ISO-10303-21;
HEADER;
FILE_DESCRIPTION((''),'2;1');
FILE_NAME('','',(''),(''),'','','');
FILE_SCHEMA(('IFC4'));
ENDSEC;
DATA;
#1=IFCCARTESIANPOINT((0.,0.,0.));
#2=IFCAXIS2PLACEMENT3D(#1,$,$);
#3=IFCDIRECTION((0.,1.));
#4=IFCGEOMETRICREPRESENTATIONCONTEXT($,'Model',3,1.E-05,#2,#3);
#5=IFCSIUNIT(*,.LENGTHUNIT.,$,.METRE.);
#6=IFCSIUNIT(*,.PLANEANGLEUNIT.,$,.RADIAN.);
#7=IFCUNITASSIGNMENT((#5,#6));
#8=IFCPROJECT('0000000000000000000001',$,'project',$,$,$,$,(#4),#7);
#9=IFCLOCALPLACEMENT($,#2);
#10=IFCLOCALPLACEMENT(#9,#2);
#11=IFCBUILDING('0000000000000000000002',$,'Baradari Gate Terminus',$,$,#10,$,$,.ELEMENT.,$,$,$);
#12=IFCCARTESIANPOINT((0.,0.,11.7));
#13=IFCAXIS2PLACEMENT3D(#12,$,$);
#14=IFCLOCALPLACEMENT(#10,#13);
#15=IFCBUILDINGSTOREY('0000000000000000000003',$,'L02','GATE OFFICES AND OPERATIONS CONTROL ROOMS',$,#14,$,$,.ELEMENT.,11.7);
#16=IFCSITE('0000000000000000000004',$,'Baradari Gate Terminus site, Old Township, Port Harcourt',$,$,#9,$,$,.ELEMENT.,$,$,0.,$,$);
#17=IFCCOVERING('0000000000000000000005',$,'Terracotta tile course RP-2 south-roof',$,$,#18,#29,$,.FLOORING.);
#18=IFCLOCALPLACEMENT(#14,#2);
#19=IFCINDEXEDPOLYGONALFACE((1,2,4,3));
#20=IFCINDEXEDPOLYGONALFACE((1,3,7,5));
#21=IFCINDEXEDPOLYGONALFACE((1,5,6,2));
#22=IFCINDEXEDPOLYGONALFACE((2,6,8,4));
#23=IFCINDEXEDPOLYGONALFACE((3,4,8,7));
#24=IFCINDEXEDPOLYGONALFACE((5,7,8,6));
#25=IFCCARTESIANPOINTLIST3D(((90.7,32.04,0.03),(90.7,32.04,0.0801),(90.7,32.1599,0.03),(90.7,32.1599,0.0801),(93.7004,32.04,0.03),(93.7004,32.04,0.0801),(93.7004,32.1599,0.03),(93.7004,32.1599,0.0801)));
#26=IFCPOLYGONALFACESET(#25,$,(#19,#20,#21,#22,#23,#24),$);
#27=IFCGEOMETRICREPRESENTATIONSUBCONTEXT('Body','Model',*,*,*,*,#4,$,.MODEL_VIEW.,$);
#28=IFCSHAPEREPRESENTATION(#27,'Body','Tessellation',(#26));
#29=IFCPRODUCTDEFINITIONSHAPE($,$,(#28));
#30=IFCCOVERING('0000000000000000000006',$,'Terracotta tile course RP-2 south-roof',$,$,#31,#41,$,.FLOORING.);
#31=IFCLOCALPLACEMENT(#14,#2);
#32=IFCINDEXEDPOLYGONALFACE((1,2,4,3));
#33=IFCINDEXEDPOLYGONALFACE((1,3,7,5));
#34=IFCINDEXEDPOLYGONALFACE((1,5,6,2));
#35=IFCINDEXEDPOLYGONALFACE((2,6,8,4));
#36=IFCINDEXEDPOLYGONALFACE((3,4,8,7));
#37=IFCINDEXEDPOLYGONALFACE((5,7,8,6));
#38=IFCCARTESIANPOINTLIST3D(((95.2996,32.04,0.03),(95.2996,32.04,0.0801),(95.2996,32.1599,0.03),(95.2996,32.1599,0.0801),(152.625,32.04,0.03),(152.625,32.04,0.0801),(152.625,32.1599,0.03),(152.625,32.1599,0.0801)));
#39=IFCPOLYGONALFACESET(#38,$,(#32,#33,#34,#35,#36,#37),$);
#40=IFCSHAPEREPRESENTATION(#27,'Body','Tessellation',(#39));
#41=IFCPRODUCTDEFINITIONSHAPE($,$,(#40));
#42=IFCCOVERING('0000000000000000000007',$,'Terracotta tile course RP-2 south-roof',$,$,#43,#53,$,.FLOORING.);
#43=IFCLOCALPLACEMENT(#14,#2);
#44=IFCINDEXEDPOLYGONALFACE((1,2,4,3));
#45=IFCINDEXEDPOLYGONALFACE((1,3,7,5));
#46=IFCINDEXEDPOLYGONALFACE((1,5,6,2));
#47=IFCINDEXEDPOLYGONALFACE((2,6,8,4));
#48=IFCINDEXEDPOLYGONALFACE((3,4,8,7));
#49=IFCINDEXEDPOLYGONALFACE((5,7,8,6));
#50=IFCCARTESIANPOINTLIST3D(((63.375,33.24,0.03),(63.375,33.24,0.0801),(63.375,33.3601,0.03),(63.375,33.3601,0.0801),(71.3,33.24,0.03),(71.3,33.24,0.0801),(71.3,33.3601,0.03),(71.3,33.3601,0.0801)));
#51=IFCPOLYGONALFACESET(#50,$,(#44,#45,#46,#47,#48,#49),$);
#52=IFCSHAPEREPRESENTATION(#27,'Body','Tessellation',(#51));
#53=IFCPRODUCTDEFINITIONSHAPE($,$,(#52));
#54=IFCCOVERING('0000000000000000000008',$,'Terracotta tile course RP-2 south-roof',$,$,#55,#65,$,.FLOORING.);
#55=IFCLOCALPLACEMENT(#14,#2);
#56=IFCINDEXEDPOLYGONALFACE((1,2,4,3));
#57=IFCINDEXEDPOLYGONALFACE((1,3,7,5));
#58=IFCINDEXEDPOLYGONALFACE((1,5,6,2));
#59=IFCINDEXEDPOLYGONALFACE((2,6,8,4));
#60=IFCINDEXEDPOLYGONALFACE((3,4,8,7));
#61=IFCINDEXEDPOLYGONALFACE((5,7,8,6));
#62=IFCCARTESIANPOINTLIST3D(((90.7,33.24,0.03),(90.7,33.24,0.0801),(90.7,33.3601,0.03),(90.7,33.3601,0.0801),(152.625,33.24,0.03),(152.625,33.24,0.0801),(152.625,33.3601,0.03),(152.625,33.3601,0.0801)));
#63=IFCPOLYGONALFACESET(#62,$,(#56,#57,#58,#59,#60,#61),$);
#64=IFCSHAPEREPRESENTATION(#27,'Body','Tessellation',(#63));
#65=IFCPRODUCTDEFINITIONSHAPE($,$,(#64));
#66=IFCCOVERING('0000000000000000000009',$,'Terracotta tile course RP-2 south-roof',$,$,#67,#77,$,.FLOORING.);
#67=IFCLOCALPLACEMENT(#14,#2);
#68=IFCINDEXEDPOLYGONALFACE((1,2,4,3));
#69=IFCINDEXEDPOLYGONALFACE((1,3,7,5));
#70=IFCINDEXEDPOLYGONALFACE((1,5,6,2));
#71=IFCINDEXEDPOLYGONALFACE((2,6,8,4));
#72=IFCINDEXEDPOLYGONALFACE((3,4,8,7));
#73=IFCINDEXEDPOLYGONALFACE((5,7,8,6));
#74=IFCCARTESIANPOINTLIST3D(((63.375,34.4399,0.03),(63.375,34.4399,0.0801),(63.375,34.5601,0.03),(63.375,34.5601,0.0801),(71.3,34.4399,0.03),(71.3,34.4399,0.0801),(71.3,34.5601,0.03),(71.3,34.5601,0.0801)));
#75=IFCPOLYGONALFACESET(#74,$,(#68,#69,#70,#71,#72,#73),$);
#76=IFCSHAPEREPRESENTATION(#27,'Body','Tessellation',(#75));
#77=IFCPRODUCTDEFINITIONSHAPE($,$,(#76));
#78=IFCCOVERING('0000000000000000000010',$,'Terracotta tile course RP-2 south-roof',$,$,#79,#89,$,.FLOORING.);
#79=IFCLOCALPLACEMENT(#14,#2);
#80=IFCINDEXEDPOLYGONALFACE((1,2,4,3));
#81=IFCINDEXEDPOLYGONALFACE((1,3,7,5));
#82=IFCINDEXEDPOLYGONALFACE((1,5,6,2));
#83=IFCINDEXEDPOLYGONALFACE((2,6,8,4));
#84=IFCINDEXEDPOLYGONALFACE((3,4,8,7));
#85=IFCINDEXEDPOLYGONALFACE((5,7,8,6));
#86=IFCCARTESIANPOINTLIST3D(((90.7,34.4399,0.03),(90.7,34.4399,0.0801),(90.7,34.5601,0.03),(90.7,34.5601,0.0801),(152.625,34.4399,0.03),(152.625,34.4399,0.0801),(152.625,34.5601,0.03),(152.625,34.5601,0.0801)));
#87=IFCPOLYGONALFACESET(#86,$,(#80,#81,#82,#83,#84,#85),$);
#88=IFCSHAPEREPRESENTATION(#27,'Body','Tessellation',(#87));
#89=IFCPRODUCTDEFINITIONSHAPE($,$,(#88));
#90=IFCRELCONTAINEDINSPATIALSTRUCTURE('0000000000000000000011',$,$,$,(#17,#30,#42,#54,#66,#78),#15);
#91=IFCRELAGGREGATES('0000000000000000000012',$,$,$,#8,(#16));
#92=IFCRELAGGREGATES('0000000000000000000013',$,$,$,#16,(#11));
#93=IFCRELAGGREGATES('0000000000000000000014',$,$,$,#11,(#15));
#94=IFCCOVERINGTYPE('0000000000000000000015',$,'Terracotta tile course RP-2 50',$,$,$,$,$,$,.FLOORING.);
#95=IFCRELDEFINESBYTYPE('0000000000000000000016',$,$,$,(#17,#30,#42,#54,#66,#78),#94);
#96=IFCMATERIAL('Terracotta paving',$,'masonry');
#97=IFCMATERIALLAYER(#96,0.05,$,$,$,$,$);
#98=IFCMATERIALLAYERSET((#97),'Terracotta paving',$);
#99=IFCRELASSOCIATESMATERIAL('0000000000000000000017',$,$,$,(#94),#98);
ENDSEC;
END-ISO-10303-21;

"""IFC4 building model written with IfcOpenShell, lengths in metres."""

from ifc_helpers import new_model, si_unit, direction, frame, origin, place, context, subcontext, project, spatial, polyline, outline, extrude, material, layer, layer_set, type_object, element, save


model = new_model("IFC4")

# Units and contexts
model_context = context("Model", 3, precision=1e-05, world=origin(), true_north=direction((0.0, 1.0)))
body_context = subcontext(model_context, "Body", "Model", "MODEL_VIEW")
ifc_project = project(units=[si_unit("LENGTHUNIT", "METRE"), si_unit("PLANEANGLEUNIT", "RADIAN")], contexts=[model_context])

# Site, building, storey
site_placement = place(None, origin())
site = spatial("IfcSite", under=ifc_project, at=site_placement, Name="Baradari Gate Terminus site, Old Township, Port Harcourt", CompositionType="ELEMENT", RefElevation=0.0)
building_placement = place(site_placement, origin())
building = spatial("IfcBuilding", under=site, at=building_placement, Name="Baradari Gate Terminus", CompositionType="ELEMENT")
storey_placement = place(building_placement, frame((0.0, 0.0, 11.7)))
storey = spatial("IfcBuildingStorey", under=building, at=storey_placement, Name="L02", Description="GATE OFFICES AND OPERATIONS CONTROL ROOMS", CompositionType="ELEMENT", Elevation=11.7)

# Coverings
ifc_material_1 = material(Name="Terracotta paving", Category="masonry")
ifc_layer_1 = layer(ifc_material_1, 0.05)
ifc_layer_set_1 = layer_set([ifc_layer_1], Name="Terracotta paving")
covering_type = type_object("IfcCoveringType", Name="Terracotta tile course RP-2 50", PredefinedType="FLOORING", material=ifc_layer_set_1)
covering_1_placement = place(storey_placement, frame((0.0, 0.0, 0.03)))
element("IfcCovering", 1, at=covering_1_placement, inside=storey, type_object=covering_type, Name="Terracotta tile course RP-2 south-roof", PredefinedType="FLOORING", context=body_context, shape_type="SweptSolid", body=[
    extrude(outline(polyline([(93.7004, 32.04), (93.7004, 32.1599), (90.7, 32.1599), (90.7, 32.04), (93.7004, 32.04)])), origin(), (0.0, 0.0, 1.0), 0.05),
])
covering_2_placement = place(storey_placement, frame((0.0, 0.0, 0.03)))
element("IfcCovering", 2, at=covering_2_placement, inside=storey, type_object=covering_type, Name="Terracotta tile course RP-2 south-roof", PredefinedType="FLOORING", context=body_context, shape_type="SweptSolid", body=[
    extrude(outline(polyline([(152.625, 32.04), (152.625, 32.1599), (95.2996, 32.1599), (95.2996, 32.04), (152.625, 32.04)])), origin(), (0.0, 0.0, 1.0), 0.05),
])
covering_3_placement = place(storey_placement, frame((0.0, 0.0, 0.03)))
element("IfcCovering", 3, at=covering_3_placement, inside=storey, type_object=covering_type, Name="Terracotta tile course RP-2 south-roof", PredefinedType="FLOORING", context=body_context, shape_type="SweptSolid", body=[
    extrude(outline(polyline([(71.3, 33.24), (71.3, 33.3601), (63.375, 33.3601), (63.375, 33.24), (71.3, 33.24)])), origin(), (0.0, 0.0, 1.0), 0.05),
])
covering_4_placement = place(storey_placement, frame((0.0, 0.0, 0.03)))
element("IfcCovering", 4, at=covering_4_placement, inside=storey, type_object=covering_type, Name="Terracotta tile course RP-2 south-roof", PredefinedType="FLOORING", context=body_context, shape_type="SweptSolid", body=[
    extrude(outline(polyline([(152.625, 33.24), (152.625, 33.3601), (90.7, 33.3601), (90.7, 33.24), (152.625, 33.24)])), origin(), (0.0, 0.0, 1.0), 0.05),
])
covering_5_placement = place(storey_placement, frame((0.0, 0.0, 0.03)))
element("IfcCovering", 5, at=covering_5_placement, inside=storey, type_object=covering_type, Name="Terracotta tile course RP-2 south-roof", PredefinedType="FLOORING", context=body_context, shape_type="SweptSolid", body=[
    extrude(outline(polyline([(71.3, 34.4399), (71.3, 34.5601), (63.375, 34.5601), (63.375, 34.4399), (71.3, 34.4399)])), origin(), (0.0, 0.0, 1.0), 0.05),
])
covering_6_placement = place(storey_placement, frame((0.0, 0.0, 0.03)))
element("IfcCovering", 6, at=covering_6_placement, inside=storey, type_object=covering_type, Name="Terracotta tile course RP-2 south-roof", PredefinedType="FLOORING", context=body_context, shape_type="SweptSolid", body=[
    extrude(outline(polyline([(152.625, 34.4399), (152.625, 34.5601), (90.7, 34.5601), (90.7, 34.4399), (152.625, 34.4399)])), origin(), (0.0, 0.0, 1.0), 0.05),
])

save(model, "model.ifc")
